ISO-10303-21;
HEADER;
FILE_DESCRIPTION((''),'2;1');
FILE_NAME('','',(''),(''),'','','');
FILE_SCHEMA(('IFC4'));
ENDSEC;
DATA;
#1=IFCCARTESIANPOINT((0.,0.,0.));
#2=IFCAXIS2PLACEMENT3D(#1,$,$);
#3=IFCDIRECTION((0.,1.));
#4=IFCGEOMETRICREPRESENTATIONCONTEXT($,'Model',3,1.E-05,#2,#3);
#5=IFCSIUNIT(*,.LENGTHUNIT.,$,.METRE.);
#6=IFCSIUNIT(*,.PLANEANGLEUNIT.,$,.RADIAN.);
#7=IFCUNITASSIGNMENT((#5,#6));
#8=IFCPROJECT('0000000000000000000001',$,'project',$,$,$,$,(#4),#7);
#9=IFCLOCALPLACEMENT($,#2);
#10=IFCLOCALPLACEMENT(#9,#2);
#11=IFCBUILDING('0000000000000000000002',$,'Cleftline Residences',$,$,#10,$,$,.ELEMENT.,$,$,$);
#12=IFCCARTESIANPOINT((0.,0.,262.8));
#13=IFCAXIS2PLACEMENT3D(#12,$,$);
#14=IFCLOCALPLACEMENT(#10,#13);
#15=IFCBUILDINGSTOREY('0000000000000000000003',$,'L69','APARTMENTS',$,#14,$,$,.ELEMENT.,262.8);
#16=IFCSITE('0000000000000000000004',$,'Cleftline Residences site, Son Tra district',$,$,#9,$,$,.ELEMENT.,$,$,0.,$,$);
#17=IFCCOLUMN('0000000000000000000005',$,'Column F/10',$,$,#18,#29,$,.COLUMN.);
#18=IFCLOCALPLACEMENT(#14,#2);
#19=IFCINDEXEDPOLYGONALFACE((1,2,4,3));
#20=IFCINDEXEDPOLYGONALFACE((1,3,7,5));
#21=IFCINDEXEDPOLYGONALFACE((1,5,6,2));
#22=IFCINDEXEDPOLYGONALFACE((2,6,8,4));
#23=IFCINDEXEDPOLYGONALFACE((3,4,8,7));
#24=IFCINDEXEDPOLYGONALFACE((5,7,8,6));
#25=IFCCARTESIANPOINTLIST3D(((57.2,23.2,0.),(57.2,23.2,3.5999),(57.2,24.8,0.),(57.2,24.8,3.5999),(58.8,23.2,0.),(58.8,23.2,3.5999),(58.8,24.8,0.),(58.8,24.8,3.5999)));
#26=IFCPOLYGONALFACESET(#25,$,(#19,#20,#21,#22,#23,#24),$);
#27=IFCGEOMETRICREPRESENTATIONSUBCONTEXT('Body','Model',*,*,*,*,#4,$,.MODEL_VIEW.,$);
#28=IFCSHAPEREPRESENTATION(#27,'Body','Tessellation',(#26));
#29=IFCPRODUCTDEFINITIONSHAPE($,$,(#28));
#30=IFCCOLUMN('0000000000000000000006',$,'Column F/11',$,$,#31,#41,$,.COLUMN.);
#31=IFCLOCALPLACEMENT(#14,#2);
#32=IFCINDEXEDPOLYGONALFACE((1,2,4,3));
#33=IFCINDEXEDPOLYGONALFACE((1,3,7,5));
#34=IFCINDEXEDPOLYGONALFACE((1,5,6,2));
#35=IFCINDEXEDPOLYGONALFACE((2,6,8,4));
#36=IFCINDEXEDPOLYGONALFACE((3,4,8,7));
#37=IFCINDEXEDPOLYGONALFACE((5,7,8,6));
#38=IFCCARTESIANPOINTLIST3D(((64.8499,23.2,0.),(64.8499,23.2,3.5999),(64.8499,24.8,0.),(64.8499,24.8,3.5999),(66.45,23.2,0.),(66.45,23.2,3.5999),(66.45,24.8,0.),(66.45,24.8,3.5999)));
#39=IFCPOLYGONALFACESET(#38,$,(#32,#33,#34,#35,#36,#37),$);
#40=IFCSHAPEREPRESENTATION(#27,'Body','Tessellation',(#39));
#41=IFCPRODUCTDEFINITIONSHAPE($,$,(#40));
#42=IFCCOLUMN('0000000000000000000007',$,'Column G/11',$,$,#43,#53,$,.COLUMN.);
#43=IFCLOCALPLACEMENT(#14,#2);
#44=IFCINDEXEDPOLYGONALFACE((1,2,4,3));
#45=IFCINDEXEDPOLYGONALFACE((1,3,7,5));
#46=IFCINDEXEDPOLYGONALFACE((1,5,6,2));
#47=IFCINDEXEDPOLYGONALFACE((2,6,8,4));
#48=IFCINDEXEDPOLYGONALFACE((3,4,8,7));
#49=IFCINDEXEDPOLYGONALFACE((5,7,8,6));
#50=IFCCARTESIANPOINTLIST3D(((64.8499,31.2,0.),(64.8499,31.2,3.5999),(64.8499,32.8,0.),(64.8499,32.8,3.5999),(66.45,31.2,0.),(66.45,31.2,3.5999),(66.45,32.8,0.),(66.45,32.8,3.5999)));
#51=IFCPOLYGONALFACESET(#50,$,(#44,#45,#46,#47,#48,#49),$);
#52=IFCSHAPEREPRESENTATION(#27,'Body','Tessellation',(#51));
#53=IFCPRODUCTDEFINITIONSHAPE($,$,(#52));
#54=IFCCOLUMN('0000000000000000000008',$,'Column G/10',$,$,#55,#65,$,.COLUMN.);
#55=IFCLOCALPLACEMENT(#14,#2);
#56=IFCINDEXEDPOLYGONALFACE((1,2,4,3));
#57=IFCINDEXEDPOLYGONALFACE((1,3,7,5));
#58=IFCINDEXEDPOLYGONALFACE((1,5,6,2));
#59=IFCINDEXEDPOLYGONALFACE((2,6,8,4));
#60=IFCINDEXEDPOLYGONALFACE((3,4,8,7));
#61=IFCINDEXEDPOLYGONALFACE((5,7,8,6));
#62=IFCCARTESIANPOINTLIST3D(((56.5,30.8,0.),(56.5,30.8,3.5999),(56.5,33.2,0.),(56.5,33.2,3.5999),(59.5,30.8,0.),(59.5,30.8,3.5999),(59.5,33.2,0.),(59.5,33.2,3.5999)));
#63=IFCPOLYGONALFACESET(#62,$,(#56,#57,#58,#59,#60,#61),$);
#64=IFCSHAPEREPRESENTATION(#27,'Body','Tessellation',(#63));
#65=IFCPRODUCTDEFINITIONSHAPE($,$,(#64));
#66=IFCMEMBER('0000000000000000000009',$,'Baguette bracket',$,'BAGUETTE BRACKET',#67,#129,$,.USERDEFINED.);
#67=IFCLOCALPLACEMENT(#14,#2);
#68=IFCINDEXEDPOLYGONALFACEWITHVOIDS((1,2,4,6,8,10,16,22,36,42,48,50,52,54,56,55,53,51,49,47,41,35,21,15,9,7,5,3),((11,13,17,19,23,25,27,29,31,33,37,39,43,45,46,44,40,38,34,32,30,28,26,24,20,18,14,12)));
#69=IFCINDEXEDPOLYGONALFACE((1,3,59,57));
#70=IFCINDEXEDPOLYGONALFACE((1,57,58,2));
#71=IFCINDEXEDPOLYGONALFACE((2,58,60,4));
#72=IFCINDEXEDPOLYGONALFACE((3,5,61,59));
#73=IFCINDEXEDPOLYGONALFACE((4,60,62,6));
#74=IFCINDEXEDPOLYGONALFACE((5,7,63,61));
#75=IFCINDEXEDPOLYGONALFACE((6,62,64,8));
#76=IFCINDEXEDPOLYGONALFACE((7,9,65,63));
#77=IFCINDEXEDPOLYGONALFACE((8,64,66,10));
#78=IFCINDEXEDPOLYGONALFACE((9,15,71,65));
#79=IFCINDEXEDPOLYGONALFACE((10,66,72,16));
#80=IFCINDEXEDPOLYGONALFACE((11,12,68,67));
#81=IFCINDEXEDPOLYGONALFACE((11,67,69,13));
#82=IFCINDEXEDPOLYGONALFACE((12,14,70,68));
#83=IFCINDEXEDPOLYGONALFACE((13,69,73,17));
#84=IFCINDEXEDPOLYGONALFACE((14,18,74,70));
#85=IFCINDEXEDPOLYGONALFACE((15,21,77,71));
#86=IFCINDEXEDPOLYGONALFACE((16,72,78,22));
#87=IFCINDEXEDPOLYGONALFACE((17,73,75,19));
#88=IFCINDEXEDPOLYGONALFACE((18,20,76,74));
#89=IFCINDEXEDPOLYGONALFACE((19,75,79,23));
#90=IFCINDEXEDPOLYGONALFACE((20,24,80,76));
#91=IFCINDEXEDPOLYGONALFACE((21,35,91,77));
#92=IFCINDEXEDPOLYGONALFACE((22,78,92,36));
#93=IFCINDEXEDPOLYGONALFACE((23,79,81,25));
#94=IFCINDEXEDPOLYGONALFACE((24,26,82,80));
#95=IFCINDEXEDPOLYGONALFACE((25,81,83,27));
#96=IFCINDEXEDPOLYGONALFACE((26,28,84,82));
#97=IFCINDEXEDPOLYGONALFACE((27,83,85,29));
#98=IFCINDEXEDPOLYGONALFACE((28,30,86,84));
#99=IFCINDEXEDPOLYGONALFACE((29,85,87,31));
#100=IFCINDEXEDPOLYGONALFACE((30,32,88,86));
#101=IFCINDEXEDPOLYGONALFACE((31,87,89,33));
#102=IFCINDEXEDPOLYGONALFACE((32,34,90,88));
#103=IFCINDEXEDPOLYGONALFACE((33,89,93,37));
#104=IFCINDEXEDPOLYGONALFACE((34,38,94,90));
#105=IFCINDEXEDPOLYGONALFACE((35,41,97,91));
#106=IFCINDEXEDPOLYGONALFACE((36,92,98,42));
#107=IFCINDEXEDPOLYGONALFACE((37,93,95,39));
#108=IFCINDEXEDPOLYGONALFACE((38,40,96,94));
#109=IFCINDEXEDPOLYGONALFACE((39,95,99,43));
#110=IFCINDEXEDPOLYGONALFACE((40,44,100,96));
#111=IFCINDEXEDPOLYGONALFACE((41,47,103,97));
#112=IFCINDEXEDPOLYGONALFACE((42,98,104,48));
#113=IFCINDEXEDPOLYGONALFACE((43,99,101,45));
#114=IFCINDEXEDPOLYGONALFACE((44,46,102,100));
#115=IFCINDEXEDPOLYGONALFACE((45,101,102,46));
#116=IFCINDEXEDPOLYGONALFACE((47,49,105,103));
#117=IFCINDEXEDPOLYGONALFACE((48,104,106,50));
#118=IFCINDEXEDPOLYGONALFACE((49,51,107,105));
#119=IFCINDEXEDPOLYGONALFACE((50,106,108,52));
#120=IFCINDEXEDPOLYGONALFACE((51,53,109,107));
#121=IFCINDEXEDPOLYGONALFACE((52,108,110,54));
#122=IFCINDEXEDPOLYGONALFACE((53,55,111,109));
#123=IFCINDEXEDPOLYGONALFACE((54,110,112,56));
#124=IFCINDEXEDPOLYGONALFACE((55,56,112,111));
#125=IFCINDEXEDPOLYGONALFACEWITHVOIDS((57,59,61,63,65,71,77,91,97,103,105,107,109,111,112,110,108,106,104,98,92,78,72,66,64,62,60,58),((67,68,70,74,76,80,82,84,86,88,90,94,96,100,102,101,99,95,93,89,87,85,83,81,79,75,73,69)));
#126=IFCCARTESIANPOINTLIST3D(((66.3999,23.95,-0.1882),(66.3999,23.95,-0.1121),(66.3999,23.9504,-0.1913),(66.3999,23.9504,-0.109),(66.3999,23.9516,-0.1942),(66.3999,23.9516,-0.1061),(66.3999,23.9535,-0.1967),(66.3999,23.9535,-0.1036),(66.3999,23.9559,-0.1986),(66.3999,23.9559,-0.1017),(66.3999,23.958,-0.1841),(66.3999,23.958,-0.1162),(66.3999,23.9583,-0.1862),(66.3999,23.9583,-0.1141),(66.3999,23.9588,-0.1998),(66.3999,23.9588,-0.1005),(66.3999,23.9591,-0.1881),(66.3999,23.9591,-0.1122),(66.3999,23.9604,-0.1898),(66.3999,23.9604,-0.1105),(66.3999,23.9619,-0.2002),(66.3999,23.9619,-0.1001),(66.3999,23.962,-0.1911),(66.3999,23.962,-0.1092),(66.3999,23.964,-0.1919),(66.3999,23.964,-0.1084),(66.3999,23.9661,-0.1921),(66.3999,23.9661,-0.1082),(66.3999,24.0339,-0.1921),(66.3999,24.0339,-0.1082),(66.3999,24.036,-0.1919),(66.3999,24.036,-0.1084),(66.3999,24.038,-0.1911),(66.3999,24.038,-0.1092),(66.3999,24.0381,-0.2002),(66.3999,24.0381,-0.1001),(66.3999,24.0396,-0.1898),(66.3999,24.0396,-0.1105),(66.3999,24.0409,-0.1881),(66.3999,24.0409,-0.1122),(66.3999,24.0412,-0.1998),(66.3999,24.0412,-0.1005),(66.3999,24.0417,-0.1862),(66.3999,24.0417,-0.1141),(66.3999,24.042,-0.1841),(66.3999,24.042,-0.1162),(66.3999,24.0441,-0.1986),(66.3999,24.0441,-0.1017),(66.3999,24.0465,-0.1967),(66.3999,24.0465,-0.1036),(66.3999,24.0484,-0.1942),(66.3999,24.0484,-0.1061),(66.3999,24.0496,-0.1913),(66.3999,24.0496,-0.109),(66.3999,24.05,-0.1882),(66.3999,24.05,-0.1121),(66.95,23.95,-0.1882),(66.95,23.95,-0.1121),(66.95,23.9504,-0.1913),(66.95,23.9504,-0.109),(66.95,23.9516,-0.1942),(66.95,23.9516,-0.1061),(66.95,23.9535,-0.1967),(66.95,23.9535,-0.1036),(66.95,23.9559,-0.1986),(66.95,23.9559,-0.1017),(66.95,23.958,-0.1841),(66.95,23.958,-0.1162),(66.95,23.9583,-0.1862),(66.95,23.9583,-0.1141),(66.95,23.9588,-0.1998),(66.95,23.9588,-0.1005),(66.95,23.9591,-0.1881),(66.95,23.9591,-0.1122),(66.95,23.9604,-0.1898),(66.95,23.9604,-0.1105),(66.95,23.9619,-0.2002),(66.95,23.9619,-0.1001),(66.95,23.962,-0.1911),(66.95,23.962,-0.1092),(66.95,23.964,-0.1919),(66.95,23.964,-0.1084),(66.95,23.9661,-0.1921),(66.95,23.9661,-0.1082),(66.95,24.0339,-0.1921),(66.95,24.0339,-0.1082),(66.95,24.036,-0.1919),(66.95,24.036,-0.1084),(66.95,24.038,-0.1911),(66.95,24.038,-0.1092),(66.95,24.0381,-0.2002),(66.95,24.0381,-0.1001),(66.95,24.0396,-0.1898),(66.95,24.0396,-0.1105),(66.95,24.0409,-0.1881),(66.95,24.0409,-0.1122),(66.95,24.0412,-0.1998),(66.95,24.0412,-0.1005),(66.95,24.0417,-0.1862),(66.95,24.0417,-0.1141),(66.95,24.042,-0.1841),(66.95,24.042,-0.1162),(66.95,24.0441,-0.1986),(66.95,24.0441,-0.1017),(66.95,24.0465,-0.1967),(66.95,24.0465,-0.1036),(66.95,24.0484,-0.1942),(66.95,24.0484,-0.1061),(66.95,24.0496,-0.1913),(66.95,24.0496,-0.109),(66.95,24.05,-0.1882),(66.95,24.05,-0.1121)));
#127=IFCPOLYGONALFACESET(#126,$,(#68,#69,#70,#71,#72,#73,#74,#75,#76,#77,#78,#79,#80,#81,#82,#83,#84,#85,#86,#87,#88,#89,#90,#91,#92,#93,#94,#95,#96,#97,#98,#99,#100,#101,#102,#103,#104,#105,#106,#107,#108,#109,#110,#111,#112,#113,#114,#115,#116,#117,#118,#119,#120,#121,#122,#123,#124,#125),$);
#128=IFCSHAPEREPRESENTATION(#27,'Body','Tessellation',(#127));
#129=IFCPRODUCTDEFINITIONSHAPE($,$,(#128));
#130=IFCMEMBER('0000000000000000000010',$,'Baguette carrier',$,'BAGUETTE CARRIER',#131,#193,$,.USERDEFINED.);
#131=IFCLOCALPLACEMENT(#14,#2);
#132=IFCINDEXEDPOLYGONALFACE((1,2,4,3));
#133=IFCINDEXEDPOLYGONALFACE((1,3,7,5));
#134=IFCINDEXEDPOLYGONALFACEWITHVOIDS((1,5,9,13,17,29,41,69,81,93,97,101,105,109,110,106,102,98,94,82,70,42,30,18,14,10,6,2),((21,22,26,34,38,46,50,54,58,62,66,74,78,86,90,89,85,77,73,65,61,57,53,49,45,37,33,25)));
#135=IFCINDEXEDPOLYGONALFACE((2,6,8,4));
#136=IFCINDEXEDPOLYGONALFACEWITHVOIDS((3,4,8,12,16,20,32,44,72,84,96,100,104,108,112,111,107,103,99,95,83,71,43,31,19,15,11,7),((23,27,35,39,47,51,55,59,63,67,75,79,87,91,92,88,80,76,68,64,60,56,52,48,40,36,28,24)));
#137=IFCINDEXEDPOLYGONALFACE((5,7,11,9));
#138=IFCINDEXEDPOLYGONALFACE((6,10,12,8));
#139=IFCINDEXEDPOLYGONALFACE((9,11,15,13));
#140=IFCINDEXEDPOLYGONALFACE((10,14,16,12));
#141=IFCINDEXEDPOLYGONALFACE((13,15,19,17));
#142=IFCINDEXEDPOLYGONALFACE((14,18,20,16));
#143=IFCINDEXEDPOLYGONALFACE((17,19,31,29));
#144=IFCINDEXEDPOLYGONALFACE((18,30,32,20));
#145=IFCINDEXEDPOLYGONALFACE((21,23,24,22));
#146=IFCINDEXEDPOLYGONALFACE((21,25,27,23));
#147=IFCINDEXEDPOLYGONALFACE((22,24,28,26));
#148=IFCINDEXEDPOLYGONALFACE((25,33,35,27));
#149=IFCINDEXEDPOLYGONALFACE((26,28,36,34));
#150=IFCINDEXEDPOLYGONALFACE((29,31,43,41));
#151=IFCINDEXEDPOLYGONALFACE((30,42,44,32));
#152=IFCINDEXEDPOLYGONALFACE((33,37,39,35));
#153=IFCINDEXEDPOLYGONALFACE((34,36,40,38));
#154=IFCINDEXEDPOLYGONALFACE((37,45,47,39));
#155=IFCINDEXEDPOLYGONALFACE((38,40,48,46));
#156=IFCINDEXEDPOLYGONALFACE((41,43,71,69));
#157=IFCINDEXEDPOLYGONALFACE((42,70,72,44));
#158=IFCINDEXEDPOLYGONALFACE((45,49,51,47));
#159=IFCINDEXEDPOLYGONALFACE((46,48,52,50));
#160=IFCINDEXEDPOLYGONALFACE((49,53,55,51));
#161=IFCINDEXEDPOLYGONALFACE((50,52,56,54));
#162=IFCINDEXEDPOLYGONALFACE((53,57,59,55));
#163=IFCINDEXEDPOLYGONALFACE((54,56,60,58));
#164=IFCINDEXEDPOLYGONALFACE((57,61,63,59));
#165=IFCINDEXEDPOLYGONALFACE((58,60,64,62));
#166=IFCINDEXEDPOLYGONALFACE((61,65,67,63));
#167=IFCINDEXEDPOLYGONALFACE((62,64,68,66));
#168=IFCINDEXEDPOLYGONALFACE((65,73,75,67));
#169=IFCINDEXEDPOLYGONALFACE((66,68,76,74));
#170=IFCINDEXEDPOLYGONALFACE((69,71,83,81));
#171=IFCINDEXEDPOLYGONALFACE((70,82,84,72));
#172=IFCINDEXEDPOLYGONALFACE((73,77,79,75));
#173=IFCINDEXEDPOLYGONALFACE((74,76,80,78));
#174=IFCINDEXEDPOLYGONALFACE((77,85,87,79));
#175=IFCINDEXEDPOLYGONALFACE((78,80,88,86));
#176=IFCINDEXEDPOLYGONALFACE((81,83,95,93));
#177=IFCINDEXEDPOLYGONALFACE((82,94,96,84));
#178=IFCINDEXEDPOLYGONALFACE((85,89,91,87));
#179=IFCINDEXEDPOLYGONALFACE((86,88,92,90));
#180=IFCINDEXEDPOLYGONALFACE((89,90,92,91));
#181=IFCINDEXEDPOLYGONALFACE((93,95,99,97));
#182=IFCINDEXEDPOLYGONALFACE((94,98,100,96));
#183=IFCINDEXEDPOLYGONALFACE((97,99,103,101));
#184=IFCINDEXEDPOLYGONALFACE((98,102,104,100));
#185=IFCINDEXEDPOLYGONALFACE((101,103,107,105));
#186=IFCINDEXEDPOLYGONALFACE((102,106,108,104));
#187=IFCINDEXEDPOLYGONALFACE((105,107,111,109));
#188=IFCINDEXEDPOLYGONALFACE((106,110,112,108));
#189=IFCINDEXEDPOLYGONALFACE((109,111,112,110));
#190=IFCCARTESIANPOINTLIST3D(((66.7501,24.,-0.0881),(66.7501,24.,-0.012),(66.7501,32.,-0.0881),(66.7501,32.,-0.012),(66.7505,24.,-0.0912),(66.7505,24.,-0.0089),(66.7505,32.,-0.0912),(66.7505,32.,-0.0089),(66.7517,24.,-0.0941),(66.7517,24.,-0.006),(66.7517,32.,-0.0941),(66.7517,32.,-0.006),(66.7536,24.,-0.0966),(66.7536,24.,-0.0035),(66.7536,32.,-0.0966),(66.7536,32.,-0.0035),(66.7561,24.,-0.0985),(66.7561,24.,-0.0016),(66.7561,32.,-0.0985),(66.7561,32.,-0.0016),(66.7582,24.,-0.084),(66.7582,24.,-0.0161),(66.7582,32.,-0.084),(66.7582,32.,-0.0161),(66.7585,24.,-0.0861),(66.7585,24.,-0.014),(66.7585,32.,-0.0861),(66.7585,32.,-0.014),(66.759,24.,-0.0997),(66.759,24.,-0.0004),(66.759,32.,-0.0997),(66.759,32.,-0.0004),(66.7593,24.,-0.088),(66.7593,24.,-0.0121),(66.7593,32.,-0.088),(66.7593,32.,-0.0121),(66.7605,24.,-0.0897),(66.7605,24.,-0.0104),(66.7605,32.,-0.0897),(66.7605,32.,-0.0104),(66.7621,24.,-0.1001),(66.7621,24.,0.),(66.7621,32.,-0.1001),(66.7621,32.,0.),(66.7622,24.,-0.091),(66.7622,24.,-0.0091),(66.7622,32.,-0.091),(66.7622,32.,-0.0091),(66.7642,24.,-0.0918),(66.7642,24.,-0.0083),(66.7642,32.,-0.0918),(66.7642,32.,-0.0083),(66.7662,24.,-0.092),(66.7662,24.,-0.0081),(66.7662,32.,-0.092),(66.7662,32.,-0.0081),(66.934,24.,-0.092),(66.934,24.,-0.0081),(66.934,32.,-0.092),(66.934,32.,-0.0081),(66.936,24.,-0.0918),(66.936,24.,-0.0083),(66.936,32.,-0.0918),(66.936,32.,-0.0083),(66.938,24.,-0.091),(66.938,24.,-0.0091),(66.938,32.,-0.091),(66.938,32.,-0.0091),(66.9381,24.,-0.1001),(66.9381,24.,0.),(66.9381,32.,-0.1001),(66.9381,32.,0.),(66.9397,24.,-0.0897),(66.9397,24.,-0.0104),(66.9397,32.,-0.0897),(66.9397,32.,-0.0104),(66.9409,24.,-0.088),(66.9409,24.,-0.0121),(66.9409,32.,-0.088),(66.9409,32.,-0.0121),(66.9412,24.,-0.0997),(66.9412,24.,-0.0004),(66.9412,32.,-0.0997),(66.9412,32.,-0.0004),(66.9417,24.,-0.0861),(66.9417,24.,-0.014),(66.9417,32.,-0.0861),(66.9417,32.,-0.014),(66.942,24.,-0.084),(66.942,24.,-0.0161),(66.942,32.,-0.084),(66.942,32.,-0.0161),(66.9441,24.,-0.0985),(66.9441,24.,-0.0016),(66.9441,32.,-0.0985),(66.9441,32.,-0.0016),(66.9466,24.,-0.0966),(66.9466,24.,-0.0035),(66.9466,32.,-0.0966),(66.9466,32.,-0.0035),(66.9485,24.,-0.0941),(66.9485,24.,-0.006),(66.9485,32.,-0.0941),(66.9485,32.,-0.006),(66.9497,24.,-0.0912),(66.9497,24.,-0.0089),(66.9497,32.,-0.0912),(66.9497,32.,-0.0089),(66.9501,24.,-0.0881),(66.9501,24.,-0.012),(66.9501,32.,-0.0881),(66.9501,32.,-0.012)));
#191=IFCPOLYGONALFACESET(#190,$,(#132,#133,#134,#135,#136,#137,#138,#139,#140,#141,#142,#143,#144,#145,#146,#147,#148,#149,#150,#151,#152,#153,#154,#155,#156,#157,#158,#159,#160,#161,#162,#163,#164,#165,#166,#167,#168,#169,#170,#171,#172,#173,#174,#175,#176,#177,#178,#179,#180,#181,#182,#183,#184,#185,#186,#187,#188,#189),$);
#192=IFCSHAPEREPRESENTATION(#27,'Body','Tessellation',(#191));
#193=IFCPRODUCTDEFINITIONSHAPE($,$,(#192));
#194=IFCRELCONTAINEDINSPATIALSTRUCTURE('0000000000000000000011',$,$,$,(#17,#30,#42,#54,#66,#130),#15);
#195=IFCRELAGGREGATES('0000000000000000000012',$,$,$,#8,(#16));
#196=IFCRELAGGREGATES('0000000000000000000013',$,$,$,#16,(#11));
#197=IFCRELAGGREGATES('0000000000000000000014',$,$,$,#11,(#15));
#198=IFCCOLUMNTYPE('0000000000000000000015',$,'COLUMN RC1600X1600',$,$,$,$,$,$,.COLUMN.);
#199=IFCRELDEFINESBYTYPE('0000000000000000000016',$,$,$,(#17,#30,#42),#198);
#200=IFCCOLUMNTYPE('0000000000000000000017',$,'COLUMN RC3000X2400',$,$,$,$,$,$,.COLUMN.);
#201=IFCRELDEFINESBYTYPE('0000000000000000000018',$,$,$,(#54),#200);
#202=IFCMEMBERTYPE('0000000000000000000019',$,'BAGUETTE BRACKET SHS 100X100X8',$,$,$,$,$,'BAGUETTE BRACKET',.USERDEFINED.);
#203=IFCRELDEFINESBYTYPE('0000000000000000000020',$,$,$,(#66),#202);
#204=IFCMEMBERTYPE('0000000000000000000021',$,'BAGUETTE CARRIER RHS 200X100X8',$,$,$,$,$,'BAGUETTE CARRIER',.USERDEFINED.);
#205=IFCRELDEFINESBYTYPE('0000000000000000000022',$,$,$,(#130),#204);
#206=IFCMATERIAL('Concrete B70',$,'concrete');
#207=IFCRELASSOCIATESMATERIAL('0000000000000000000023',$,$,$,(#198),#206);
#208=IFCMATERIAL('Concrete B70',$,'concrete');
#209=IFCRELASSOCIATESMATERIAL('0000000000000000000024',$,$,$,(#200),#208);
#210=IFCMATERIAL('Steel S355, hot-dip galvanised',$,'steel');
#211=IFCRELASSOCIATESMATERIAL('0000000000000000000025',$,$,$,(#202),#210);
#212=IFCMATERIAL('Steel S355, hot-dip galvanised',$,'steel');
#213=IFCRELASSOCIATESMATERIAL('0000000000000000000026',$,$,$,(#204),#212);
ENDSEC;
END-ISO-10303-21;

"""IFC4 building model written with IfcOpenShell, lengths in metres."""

from ifc_helpers import new_model, si_unit, direction, frame, origin, origin_2d, place, context, subcontext, project, spatial, rectangle, hollow_rectangle, extrude, material, material_profile, profile_set, type_object, element, save


model = new_model("IFC4")

# Units and contexts
model_context = context("Model", 3, precision=1e-05, world=origin(), true_north=direction((0.0, 1.0)))
body_context = subcontext(model_context, "Body", "Model", "MODEL_VIEW")
ifc_project = project(units=[si_unit("LENGTHUNIT", "METRE"), si_unit("PLANEANGLEUNIT", "RADIAN")], contexts=[model_context])

# Site, building, storey
site_placement = place(None, origin())
site = spatial("IfcSite", under=ifc_project, at=site_placement, Name="Cleftline Residences site, Son Tra district", CompositionType="ELEMENT", RefElevation=0.0)
building_placement = place(site_placement, origin())
building = spatial("IfcBuilding", under=site, at=building_placement, Name="Cleftline Residences", CompositionType="ELEMENT")
storey_placement = place(building_placement, frame((0.0, 0.0, 262.8)))
storey = spatial("IfcBuildingStorey", under=building, at=storey_placement, Name="L69", Description="APARTMENTS", CompositionType="ELEMENT", Elevation=262.8)

# Columns
ifc_material_1 = material(Name="Concrete B70", Category="concrete")
ifc_material_profile_1 = material_profile(ifc_material_1, rectangle(XDim=1.6001, YDim=1.6001, at=origin_2d()))
ifc_profile_set_1 = profile_set([ifc_material_profile_1], Name="Concrete B70")
column_type_1 = type_object("IfcColumnType", Name="COLUMN RC1600X1600", PredefinedType="COLUMN", material=ifc_profile_set_1)
for number, where, z_axis, x_axis, name in (
    (1, (58.0, 24.0, 0.0), (0.0, 0.0, 1.0), (1.0, 0.0, 0.0), "Column F/10"),
    (2, (65.6499, 24.0, 0.0), (0.0, 0.0, 1.0), (1.0, 0.0, 0.0), "Column F/11"),
    (3, (65.6499, 32.0, 0.0), (0.0, 0.0, 1.0), (1.0, 0.0, 0.0), "Column G/11"),
):
    element("IfcColumn", number, at=place(storey_placement, frame(where, z_axis=z_axis, x_axis=x_axis)), inside=storey, type_object=column_type_1, Name=name, PredefinedType="COLUMN", context=body_context, shape_type="SweptSolid", body=[
        extrude(rectangle(XDim=1.6001, YDim=1.6001, at=origin_2d()), origin(), (0.0, 0.0, 1.0), 3.5999),
    ])
ifc_material_2 = material(Name="Concrete B70", Category="concrete")
ifc_material_profile_2 = material_profile(ifc_material_2, rectangle(XDim=3.0, YDim=2.3999, at=origin_2d()))
ifc_profile_set_2 = profile_set([ifc_material_profile_2], Name="Concrete B70")
column_type_2 = type_object("IfcColumnType", Name="COLUMN RC3000X2400", PredefinedType="COLUMN", material=ifc_profile_set_2)
column_placement = place(storey_placement, frame((58.0, 32.0, 0.0), z_axis=(0.0, 0.0, 1.0), x_axis=(1.0, 0.0, 0.0)))
element("IfcColumn", 4, at=column_placement, inside=storey, type_object=column_type_2, Name="Column G/10", PredefinedType="COLUMN", context=body_context, shape_type="SweptSolid", body=[
    extrude(rectangle(XDim=3.0, YDim=2.3999, at=origin_2d()), origin(), (0.0, 0.0, 1.0), 3.5999),
])

# Members
ifc_material_3 = material(Name="Steel S355, hot-dip galvanised", Category="steel")
ifc_material_profile_3 = material_profile(ifc_material_3, hollow_rectangle(XDim=0.1001, YDim=0.1001, WallThickness=0.0081, InnerFilletRadius=0.0081, OuterFilletRadius=0.012, at=origin_2d()))
ifc_profile_set_3 = profile_set([ifc_material_profile_3], Name="Steel S355, hot-dip galvanised")
member_type_1 = type_object("IfcMemberType", Name="BAGUETTE BRACKET SHS 100X100X8", ElementType="BAGUETTE BRACKET", PredefinedType="USERDEFINED", material=ifc_profile_set_3)
member_1_placement = place(storey_placement, frame((66.3999, 24.0, -0.1501), z_axis=(1.0, 0.0, 0.0), x_axis=(0.0, 1.0, 0.0)))
element("IfcMember", 5, at=member_1_placement, inside=storey, type_object=member_type_1, Name="Baguette bracket", ObjectType="BAGUETTE BRACKET", PredefinedType="USERDEFINED", context=body_context, shape_type="SweptSolid", body=[
    extrude(hollow_rectangle(XDim=0.1001, YDim=0.1001, WallThickness=0.0081, InnerFilletRadius=0.0081, OuterFilletRadius=0.012, at=origin_2d()), origin(), (0.0, 0.0, 1.0), 0.55),
])
ifc_material_4 = material(Name="Steel S355, hot-dip galvanised", Category="steel")
ifc_material_profile_4 = material_profile(ifc_material_4, hollow_rectangle(XDim=0.1001, YDim=0.2, WallThickness=0.0081, InnerFilletRadius=0.0081, OuterFilletRadius=0.012, at=origin_2d()))
ifc_profile_set_4 = profile_set([ifc_material_profile_4], Name="Steel S355, hot-dip galvanised")
member_type_2 = type_object("IfcMemberType", Name="BAGUETTE CARRIER RHS 200X100X8", ElementType="BAGUETTE CARRIER", PredefinedType="USERDEFINED", material=ifc_profile_set_4)
member_2_placement = place(storey_placement, frame((66.8501, 24.0, -0.05), z_axis=(0.0, 1.0, 0.0), x_axis=(0.0, 0.0, 1.0)))
element("IfcMember", 6, at=member_2_placement, inside=storey, type_object=member_type_2, Name="Baguette carrier", ObjectType="BAGUETTE CARRIER", PredefinedType="USERDEFINED", context=body_context, shape_type="SweptSolid", body=[
    extrude(hollow_rectangle(XDim=0.1001, YDim=0.2, WallThickness=0.0081, InnerFilletRadius=0.0081, OuterFilletRadius=0.012, at=origin_2d()), origin(), (0.0, 0.0, 1.0), 8.0),
])

save(model, "model.ifc")
